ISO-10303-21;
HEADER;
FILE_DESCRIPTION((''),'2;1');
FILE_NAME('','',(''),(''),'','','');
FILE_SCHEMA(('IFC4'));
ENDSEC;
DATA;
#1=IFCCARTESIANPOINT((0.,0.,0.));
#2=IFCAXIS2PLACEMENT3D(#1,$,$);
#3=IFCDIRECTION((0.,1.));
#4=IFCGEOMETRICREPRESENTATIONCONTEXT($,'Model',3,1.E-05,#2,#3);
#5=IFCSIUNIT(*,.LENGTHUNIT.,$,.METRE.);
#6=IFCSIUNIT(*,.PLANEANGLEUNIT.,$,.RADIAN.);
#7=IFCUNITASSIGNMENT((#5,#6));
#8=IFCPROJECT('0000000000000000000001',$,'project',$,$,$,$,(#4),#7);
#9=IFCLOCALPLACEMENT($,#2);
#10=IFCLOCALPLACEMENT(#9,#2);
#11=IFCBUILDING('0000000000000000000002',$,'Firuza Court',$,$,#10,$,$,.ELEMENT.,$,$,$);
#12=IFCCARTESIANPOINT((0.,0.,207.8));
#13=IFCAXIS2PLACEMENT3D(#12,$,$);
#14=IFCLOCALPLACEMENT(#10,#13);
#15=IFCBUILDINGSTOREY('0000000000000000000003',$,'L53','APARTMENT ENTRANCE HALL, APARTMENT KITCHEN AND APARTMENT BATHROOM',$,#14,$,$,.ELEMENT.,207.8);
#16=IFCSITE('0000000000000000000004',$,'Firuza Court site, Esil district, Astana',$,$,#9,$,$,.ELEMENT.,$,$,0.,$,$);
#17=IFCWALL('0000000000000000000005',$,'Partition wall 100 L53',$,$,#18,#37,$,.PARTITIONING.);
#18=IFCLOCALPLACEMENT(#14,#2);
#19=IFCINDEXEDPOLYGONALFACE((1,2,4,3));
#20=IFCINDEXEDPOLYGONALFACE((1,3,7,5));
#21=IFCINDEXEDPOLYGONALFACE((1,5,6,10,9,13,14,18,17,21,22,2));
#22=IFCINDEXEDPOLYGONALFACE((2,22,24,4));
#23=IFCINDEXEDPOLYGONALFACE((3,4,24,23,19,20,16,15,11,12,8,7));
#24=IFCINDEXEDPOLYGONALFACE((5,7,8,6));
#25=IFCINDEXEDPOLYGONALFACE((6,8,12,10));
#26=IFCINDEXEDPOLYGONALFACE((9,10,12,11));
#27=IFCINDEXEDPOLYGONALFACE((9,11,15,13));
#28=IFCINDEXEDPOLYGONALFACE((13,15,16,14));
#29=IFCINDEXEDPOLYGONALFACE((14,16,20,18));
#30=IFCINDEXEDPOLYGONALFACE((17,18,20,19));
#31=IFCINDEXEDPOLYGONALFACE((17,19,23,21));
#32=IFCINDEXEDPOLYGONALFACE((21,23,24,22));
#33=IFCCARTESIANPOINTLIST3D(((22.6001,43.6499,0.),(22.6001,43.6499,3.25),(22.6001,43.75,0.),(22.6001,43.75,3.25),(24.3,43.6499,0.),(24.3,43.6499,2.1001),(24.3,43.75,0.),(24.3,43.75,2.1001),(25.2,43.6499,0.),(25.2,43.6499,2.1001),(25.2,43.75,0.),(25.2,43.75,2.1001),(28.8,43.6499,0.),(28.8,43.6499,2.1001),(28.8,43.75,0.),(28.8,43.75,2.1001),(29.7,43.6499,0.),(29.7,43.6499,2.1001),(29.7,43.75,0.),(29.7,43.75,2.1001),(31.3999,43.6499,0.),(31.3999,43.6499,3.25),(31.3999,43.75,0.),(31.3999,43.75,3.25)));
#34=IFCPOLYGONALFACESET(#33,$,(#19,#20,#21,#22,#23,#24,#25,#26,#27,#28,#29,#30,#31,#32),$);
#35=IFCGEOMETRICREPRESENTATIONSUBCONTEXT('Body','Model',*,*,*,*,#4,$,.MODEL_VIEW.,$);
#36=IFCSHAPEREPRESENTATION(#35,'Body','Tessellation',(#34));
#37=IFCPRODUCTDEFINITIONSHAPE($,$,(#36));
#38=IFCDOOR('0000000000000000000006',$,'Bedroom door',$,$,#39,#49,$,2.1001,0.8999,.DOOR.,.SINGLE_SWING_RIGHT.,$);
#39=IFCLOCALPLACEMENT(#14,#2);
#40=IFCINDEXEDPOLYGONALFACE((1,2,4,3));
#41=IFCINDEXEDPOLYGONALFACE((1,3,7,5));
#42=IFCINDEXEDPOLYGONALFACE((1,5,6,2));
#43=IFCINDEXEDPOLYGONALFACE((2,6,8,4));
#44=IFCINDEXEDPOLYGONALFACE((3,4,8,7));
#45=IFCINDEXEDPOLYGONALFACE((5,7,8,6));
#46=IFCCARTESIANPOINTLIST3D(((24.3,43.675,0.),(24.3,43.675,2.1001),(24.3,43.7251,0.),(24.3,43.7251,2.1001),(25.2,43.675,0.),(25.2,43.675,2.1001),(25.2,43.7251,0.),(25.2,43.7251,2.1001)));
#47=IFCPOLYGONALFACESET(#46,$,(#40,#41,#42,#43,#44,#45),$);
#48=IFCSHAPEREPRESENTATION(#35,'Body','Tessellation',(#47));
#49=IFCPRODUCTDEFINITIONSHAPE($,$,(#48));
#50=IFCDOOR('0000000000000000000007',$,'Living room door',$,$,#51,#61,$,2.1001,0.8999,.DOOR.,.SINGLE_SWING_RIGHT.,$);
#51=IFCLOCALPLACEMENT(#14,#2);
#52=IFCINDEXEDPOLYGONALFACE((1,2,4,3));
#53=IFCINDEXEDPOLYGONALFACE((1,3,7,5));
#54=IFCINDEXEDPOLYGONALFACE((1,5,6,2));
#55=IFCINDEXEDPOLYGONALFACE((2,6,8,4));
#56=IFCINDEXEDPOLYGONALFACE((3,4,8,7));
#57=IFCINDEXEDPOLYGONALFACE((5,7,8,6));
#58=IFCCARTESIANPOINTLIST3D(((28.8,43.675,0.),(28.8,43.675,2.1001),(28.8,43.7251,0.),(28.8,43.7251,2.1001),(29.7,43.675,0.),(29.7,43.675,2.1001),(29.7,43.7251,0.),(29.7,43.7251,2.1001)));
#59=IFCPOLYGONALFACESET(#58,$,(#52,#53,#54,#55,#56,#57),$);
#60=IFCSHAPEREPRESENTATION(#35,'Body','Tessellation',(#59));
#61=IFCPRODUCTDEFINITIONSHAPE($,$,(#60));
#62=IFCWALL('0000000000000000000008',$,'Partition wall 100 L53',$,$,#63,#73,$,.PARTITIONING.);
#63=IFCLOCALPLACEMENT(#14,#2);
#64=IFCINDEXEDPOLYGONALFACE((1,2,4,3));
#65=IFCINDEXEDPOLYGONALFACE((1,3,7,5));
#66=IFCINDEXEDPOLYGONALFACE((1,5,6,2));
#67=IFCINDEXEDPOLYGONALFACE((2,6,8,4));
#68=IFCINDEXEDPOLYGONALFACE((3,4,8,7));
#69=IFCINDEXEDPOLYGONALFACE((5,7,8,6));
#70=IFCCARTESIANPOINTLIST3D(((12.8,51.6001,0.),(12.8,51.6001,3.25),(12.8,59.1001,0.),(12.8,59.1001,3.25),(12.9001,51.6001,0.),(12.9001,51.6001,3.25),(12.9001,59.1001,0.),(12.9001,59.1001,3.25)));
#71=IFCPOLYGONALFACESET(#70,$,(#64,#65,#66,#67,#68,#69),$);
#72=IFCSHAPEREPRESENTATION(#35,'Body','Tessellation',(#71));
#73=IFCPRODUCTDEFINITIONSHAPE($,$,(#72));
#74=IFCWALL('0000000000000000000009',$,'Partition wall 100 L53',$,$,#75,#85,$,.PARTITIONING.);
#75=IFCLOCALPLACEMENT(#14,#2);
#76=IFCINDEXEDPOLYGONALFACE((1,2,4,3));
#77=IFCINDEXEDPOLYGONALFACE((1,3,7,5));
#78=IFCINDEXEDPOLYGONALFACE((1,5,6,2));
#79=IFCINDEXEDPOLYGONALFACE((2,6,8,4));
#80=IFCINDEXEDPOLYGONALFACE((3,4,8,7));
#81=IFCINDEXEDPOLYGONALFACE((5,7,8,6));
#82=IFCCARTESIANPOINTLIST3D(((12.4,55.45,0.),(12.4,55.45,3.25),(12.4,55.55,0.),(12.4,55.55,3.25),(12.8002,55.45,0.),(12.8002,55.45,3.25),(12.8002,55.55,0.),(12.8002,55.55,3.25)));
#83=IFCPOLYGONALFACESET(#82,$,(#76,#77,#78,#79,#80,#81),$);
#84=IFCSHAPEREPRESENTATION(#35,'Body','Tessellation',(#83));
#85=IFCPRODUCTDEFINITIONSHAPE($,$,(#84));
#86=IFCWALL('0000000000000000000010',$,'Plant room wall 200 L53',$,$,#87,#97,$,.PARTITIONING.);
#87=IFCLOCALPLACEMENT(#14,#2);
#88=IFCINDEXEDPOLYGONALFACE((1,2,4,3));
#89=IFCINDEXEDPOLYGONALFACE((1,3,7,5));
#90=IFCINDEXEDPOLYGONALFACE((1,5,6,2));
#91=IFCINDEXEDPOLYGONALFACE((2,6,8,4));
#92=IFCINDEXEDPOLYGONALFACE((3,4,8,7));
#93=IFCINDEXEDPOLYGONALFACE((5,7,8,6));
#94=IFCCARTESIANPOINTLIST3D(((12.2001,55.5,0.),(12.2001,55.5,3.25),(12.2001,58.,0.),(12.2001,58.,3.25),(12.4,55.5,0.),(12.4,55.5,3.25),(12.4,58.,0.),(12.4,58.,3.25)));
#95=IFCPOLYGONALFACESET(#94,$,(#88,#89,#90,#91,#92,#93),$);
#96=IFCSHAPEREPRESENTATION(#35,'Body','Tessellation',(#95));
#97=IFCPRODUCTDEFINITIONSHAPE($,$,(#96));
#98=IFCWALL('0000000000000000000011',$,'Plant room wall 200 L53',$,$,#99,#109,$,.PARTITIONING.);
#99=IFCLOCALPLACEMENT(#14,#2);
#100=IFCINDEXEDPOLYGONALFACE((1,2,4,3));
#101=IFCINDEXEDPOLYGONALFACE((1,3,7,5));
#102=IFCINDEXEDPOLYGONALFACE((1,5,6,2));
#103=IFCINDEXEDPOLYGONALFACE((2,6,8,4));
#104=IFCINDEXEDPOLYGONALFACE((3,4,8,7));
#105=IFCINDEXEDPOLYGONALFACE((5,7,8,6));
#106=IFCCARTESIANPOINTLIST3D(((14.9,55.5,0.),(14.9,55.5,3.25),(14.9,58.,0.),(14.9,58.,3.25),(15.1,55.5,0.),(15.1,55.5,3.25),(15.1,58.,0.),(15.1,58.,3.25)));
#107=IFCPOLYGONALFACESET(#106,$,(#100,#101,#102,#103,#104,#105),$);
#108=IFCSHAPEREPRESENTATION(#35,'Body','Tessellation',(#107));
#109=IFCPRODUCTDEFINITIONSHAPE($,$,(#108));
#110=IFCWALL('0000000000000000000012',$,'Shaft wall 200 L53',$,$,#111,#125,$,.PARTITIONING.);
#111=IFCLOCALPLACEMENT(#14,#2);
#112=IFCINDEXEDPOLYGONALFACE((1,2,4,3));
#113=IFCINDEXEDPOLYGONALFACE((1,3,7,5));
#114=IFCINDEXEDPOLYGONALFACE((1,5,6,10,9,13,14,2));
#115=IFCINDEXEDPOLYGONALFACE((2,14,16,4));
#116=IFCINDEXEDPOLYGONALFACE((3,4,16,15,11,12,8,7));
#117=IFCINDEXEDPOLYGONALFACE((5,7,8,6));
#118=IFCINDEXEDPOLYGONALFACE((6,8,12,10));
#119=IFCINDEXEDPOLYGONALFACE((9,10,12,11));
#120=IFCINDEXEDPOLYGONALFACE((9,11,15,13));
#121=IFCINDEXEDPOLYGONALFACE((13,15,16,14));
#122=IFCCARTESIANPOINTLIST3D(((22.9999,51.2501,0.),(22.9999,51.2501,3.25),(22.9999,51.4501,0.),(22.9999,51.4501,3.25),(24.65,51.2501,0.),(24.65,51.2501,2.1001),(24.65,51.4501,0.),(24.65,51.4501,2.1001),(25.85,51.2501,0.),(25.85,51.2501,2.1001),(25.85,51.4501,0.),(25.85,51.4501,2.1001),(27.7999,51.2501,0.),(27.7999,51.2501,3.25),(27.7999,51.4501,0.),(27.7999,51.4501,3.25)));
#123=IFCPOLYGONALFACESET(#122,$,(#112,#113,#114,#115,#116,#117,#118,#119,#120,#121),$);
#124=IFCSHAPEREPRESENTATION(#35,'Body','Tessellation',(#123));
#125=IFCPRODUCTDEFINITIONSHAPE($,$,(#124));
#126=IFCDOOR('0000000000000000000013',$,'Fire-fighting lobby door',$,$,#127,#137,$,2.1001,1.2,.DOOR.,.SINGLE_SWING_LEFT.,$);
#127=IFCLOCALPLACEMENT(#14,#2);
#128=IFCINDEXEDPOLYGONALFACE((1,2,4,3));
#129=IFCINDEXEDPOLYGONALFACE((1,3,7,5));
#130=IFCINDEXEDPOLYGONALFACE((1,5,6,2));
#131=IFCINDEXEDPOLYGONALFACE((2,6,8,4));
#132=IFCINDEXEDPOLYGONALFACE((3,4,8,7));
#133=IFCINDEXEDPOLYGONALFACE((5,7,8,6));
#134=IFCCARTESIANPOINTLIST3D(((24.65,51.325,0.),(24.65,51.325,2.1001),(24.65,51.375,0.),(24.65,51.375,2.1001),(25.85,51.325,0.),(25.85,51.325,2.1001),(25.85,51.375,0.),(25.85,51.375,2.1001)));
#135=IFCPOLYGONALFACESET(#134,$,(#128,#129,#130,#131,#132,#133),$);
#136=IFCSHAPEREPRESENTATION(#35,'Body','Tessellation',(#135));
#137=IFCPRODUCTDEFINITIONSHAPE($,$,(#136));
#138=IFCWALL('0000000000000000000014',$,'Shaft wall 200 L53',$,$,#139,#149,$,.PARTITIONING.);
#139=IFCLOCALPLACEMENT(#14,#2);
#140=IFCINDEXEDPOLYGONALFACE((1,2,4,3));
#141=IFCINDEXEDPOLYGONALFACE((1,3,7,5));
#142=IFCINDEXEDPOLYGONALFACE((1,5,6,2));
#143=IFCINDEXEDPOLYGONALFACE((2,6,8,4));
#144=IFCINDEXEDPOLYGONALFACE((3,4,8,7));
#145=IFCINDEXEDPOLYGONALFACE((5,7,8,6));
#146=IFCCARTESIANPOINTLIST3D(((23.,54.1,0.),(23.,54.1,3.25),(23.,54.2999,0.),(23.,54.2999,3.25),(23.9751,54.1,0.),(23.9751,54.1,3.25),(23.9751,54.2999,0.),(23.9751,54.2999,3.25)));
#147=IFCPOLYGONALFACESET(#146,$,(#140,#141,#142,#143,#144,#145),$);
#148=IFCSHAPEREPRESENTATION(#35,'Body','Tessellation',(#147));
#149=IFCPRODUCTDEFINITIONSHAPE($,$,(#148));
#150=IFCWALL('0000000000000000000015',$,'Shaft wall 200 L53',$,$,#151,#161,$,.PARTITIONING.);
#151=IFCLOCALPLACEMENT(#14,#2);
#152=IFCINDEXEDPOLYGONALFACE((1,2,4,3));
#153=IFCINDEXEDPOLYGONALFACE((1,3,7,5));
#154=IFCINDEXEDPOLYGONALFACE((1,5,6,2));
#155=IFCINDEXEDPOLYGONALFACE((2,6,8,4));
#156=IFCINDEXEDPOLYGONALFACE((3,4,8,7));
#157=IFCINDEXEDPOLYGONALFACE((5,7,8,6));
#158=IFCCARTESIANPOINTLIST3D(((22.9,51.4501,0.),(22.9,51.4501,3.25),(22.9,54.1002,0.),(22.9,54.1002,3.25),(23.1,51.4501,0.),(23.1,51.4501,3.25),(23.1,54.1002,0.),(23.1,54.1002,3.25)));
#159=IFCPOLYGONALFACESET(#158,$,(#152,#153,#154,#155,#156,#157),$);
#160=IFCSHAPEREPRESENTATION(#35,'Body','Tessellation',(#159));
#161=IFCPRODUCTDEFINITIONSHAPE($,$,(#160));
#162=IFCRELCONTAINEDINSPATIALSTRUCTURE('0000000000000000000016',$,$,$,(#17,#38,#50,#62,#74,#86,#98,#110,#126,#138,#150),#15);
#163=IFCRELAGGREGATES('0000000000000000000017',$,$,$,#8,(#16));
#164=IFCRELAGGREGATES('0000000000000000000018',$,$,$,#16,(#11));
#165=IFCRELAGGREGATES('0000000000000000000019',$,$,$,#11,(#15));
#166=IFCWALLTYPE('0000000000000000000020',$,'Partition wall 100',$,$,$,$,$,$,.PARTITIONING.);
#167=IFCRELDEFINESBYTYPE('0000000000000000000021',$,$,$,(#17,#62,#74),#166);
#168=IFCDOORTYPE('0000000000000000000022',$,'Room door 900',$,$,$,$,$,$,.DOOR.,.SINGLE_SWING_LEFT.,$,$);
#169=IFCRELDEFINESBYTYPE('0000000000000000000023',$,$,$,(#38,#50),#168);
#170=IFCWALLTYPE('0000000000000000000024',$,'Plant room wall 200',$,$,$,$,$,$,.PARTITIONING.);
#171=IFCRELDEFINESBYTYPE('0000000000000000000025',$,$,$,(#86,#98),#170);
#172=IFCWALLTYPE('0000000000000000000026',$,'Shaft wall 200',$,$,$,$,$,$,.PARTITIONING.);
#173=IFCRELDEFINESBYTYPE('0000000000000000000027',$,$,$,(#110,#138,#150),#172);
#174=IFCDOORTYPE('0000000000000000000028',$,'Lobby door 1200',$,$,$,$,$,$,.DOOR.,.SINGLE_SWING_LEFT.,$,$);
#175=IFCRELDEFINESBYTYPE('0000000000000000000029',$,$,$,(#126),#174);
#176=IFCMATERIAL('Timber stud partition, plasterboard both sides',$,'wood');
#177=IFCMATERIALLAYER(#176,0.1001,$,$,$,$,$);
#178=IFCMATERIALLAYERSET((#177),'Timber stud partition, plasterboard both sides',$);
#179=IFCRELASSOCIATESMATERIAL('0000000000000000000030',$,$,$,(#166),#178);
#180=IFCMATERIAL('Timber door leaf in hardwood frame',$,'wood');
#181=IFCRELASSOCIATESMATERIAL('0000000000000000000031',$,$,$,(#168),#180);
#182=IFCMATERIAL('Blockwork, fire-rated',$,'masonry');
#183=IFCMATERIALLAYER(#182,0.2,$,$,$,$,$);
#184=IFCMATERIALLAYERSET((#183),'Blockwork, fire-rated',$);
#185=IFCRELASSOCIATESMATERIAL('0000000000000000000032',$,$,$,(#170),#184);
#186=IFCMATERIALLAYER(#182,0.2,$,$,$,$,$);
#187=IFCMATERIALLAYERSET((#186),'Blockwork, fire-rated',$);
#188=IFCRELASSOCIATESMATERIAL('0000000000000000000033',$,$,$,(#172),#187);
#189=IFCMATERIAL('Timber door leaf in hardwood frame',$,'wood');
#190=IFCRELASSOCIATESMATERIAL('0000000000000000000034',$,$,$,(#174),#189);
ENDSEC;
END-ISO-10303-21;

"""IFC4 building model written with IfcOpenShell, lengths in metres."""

from ifc_helpers import new_model, si_unit, direction, frame, frame_2d, origin, place, context, subcontext, project, spatial, rectangle, extrude, material, layer, layer_set, type_object, element, fill, save


model = new_model("IFC4")

# Units and contexts
model_context = context("Model", 3, precision=1e-05, world=origin(), true_north=direction((0.0, 1.0)))
body_context = subcontext(model_context, "Body", "Model", "MODEL_VIEW")
ifc_project = project(units=[si_unit("LENGTHUNIT", "METRE"), si_unit("PLANEANGLEUNIT", "RADIAN")], contexts=[model_context])

# Site, building, storey
site_placement = place(None, origin())
site = spatial("IfcSite", under=ifc_project, at=site_placement, Name="Firuza Court site, Esil district, Astana", CompositionType="ELEMENT", RefElevation=0.0)
building_placement = place(site_placement, origin())
building = spatial("IfcBuilding", under=site, at=building_placement, Name="Firuza Court", CompositionType="ELEMENT")
storey_placement = place(building_placement, frame((0.0, 0.0, 207.8)))
storey = spatial("IfcBuildingStorey", under=building, at=storey_placement, Name="L53", Description="APARTMENT ENTRANCE HALL, APARTMENT KITCHEN AND APARTMENT BATHROOM", CompositionType="ELEMENT", Elevation=207.8)

# Shared definitions
ifc_material_1 = material(Name="Timber stud partition, plasterboard both sides", Category="wood")
ifc_layer_1 = layer(ifc_material_1, 0.1001)
ifc_layer_set_1 = layer_set([ifc_layer_1], Name="Timber stud partition, plasterboard both sides")
wall_type_1 = type_object("IfcWallType", Name="Partition wall 100", PredefinedType="PARTITIONING", material=ifc_layer_set_1)

# Wall, openings, doors
wall_1_placement = place(storey_placement, frame((22.6001, 43.7, 0.0), z_axis=(0.0, 0.0, 1.0), x_axis=(1.0, 0.0, 0.0)))
wall_1 = element("IfcWall", 1, at=wall_1_placement, inside=storey, type_object=wall_type_1, Name="Partition wall 100 L53", PredefinedType="PARTITIONING", context=body_context, shape_type="SweptSolid", body=[
    extrude(rectangle(XDim=8.7998, YDim=0.1001, at=frame_2d((4.3999, 0.0))), origin(), (0.0, 0.0, 1.0), 3.25),
])
opening_1_placement = place(wall_1_placement, frame((1.7, 0.0, 0.0)))
opening_1 = element("IfcOpeningElement", 2, at=opening_1_placement, cuts=wall_1, PredefinedType="OPENING", context=body_context, shape_type="SweptSolid", body=[
    extrude(rectangle(XDim=0.8999, YDim=2.1001, at=frame_2d((0.45, 1.05))), frame((0.0, 0.062, 0.0), z_axis=(0.0, -1.0, 0.0), x_axis=(1.0, 0.0, 0.0)), (0.0, 0.0, 1.0), 0.124),
])
opening_2_placement = place(wall_1_placement, frame((6.2, 0.0, 0.0)))
opening_2 = element("IfcOpeningElement", 3, at=opening_2_placement, cuts=wall_1, PredefinedType="OPENING", context=body_context, shape_type="SweptSolid", body=[
    extrude(rectangle(XDim=0.8999, YDim=2.1001, at=frame_2d((0.45, 1.05))), frame((0.0, 0.062, 0.0), z_axis=(0.0, -1.0, 0.0), x_axis=(1.0, 0.0, 0.0)), (0.0, 0.0, 1.0), 0.124),
])
ifc_material_2 = material(Name="Timber door leaf in hardwood frame", Category="wood")
door_type_1 = type_object("IfcDoorType", Name="Room door 900", OperationType="SINGLE_SWING_LEFT", PredefinedType="DOOR", material=ifc_material_2)
door_1_placement = place(opening_1_placement, frame((0.8999, 0.0, 0.0), z_axis=(0.0, 0.0, 1.0), x_axis=(-1.0, 0.0, 0.0)))
door_1 = element("IfcDoor", 4, at=door_1_placement, inside=storey, type_object=door_type_1, Name="Bedroom door", OperationType="SINGLE_SWING_RIGHT", OverallHeight=2.1001, OverallWidth=0.8999, PredefinedType="DOOR", context=body_context, shape_type="SweptSolid", body=[
    extrude(rectangle(XDim=0.8999, YDim=2.1001, at=frame_2d((0.45, 1.05))), frame((0.0, 0.0249, 0.0), z_axis=(0.0, -1.0, 0.0), x_axis=(1.0, 0.0, 0.0)), (0.0, 0.0, 1.0), 0.05),
])
fill(opening_1, door_1)
door_2_placement = place(opening_2_placement, frame((0.8999, 0.0, 0.0), z_axis=(0.0, 0.0, 1.0), x_axis=(-1.0, 0.0, 0.0)))
door_2 = element("IfcDoor", 5, at=door_2_placement, inside=storey, type_object=door_type_1, Name="Living room door", OperationType="SINGLE_SWING_RIGHT", OverallHeight=2.1001, OverallWidth=0.8999, PredefinedType="DOOR", context=body_context, shape_type="SweptSolid", body=[
    extrude(rectangle(XDim=0.8999, YDim=2.1001, at=frame_2d((0.45, 1.05))), frame((0.0, 0.0249, 0.0), z_axis=(0.0, -1.0, 0.0), x_axis=(1.0, 0.0, 0.0)), (0.0, 0.0, 1.0), 0.05),
])
fill(opening_2, door_2)

# Walls
wall_2_placement = place(storey_placement, frame((12.8501, 51.6001, 0.0), z_axis=(0.0, 0.0, 1.0), x_axis=(0.0, 1.0, 0.0)))
element("IfcWall", 6, at=wall_2_placement, inside=storey, type_object=wall_type_1, Name="Partition wall 100 L53", PredefinedType="PARTITIONING", context=body_context, shape_type="SweptSolid", body=[
    extrude(rectangle(XDim=7.5, YDim=0.1001, at=frame_2d((3.75, 0.0))), origin(), (0.0, 0.0, 1.0), 3.25),
])
wall_3_placement = place(storey_placement, frame((12.3999, 55.5, 0.0), z_axis=(0.0, 0.0, 1.0), x_axis=(1.0, 0.0, 0.0)))
element("IfcWall", 7, at=wall_3_placement, inside=storey, type_object=wall_type_1, Name="Partition wall 100 L53", PredefinedType="PARTITIONING", context=body_context, shape_type="SweptSolid", body=[
    extrude(rectangle(XDim=0.4001, YDim=0.1001, at=frame_2d((0.2002, 0.0))), origin(), (0.0, 0.0, 1.0), 3.25),
])
ifc_material_3 = material(Name="Blockwork, fire-rated", Category="masonry")
ifc_layer_2 = layer(ifc_material_3, 0.2)
ifc_layer_set_2 = layer_set([ifc_layer_2], Name="Blockwork, fire-rated")
wall_type_2 = type_object("IfcWallType", Name="Plant room wall 200", PredefinedType="PARTITIONING", material=ifc_layer_set_2)
for number, where, z_axis, x_axis, name in (
    (8, (12.3, 55.5, 0.0), (0.0, 0.0, 1.0), (0.0, 1.0, 0.0), "Plant room wall 200 L53"),
    (9, (15.0, 55.5, 0.0), (0.0, 0.0, 1.0), (0.0, 1.0, 0.0), "Plant room wall 200 L53"),
):
    element("IfcWall", number, at=place(storey_placement, frame(where, z_axis=z_axis, x_axis=x_axis)), inside=storey, type_object=wall_type_2, Name=name, PredefinedType="PARTITIONING", context=body_context, shape_type="SweptSolid", body=[
        extrude(rectangle(XDim=2.5, YDim=0.2, at=frame_2d((1.25, 0.0))), origin(), (0.0, 0.0, 1.0), 3.25),
    ])

# Wall, opening, door
ifc_layer_3 = layer(ifc_material_3, 0.2)
ifc_layer_set_3 = layer_set([ifc_layer_3], Name="Blockwork, fire-rated")
wall_type_3 = type_object("IfcWallType", Name="Shaft wall 200", PredefinedType="PARTITIONING", material=ifc_layer_set_3)
wall_4_placement = place(storey_placement, frame((23.0, 51.3501, 0.0), z_axis=(0.0, 0.0, 1.0), x_axis=(1.0, 0.0, 0.0)))
wall_4 = element("IfcWall", 10, at=wall_4_placement, inside=storey, type_object=wall_type_3, Name="Shaft wall 200 L53", PredefinedType="PARTITIONING", context=body_context, shape_type="SweptSolid", body=[
    extrude(rectangle(XDim=4.8, YDim=0.2, at=frame_2d((2.3999, 0.0))), origin(), (0.0, 0.0, 1.0), 3.25),
])
opening_3_placement = place(wall_4_placement, frame((1.6499, 0.0, 0.0)))
opening_3 = element("IfcOpeningElement", 11, at=opening_3_placement, cuts=wall_4, PredefinedType="OPENING", context=body_context, shape_type="SweptSolid", body=[
    extrude(rectangle(XDim=1.2, YDim=2.1001, at=frame_2d((0.6001, 1.05))), frame((0.0, 0.1118, 0.0), z_axis=(0.0, -1.0, 0.0), x_axis=(1.0, 0.0, 0.0)), (0.0, 0.0, 1.0), 0.2239),
])
ifc_material_4 = material(Name="Timber door leaf in hardwood frame", Category="wood")
door_type_2 = type_object("IfcDoorType", Name="Lobby door 1200", OperationType="SINGLE_SWING_LEFT", PredefinedType="DOOR", material=ifc_material_4)
door_3_placement = place(opening_3_placement, origin())
door_3 = element("IfcDoor", 12, at=door_3_placement, inside=storey, type_object=door_type_2, Name="Fire-fighting lobby door", OperationType="SINGLE_SWING_LEFT", OverallHeight=2.1001, OverallWidth=1.2, PredefinedType="DOOR", context=body_context, shape_type="SweptSolid", body=[
    extrude(rectangle(XDim=1.2, YDim=2.1001, at=frame_2d((0.6001, 1.05))), frame((0.0, 0.0249, 0.0), z_axis=(0.0, -1.0, 0.0), x_axis=(1.0, 0.0, 0.0)), (0.0, 0.0, 1.0), 0.05),
])
fill(opening_3, door_3)

# Walls
wall_5_placement = place(storey_placement, frame((23.0, 54.2, 0.0), z_axis=(0.0, 0.0, 1.0), x_axis=(1.0, 0.0, 0.0)))
element("IfcWall", 13, at=wall_5_placement, inside=storey, type_object=wall_type_3, Name="Shaft wall 200 L53", PredefinedType="PARTITIONING", context=body_context, shape_type="SweptSolid", body=[
    extrude(rectangle(XDim=0.9751, YDim=0.2, at=frame_2d((0.4875, 0.0))), origin(), (0.0, 0.0, 1.0), 3.25),
])
wall_6_placement = place(storey_placement, frame((23.0, 51.45, 0.0), z_axis=(0.0, 0.0, 1.0), x_axis=(0.0, 1.0, 0.0)))
element("IfcWall", 14, at=wall_6_placement, inside=storey, type_object=wall_type_3, Name="Shaft wall 200 L53", PredefinedType="PARTITIONING", context=body_context, shape_type="SweptSolid", body=[
    extrude(rectangle(XDim=2.6501, YDim=0.2, at=frame_2d((1.3252, 0.0))), origin(), (0.0, 0.0, 1.0), 3.25),
])

save(model, "model.ifc")
